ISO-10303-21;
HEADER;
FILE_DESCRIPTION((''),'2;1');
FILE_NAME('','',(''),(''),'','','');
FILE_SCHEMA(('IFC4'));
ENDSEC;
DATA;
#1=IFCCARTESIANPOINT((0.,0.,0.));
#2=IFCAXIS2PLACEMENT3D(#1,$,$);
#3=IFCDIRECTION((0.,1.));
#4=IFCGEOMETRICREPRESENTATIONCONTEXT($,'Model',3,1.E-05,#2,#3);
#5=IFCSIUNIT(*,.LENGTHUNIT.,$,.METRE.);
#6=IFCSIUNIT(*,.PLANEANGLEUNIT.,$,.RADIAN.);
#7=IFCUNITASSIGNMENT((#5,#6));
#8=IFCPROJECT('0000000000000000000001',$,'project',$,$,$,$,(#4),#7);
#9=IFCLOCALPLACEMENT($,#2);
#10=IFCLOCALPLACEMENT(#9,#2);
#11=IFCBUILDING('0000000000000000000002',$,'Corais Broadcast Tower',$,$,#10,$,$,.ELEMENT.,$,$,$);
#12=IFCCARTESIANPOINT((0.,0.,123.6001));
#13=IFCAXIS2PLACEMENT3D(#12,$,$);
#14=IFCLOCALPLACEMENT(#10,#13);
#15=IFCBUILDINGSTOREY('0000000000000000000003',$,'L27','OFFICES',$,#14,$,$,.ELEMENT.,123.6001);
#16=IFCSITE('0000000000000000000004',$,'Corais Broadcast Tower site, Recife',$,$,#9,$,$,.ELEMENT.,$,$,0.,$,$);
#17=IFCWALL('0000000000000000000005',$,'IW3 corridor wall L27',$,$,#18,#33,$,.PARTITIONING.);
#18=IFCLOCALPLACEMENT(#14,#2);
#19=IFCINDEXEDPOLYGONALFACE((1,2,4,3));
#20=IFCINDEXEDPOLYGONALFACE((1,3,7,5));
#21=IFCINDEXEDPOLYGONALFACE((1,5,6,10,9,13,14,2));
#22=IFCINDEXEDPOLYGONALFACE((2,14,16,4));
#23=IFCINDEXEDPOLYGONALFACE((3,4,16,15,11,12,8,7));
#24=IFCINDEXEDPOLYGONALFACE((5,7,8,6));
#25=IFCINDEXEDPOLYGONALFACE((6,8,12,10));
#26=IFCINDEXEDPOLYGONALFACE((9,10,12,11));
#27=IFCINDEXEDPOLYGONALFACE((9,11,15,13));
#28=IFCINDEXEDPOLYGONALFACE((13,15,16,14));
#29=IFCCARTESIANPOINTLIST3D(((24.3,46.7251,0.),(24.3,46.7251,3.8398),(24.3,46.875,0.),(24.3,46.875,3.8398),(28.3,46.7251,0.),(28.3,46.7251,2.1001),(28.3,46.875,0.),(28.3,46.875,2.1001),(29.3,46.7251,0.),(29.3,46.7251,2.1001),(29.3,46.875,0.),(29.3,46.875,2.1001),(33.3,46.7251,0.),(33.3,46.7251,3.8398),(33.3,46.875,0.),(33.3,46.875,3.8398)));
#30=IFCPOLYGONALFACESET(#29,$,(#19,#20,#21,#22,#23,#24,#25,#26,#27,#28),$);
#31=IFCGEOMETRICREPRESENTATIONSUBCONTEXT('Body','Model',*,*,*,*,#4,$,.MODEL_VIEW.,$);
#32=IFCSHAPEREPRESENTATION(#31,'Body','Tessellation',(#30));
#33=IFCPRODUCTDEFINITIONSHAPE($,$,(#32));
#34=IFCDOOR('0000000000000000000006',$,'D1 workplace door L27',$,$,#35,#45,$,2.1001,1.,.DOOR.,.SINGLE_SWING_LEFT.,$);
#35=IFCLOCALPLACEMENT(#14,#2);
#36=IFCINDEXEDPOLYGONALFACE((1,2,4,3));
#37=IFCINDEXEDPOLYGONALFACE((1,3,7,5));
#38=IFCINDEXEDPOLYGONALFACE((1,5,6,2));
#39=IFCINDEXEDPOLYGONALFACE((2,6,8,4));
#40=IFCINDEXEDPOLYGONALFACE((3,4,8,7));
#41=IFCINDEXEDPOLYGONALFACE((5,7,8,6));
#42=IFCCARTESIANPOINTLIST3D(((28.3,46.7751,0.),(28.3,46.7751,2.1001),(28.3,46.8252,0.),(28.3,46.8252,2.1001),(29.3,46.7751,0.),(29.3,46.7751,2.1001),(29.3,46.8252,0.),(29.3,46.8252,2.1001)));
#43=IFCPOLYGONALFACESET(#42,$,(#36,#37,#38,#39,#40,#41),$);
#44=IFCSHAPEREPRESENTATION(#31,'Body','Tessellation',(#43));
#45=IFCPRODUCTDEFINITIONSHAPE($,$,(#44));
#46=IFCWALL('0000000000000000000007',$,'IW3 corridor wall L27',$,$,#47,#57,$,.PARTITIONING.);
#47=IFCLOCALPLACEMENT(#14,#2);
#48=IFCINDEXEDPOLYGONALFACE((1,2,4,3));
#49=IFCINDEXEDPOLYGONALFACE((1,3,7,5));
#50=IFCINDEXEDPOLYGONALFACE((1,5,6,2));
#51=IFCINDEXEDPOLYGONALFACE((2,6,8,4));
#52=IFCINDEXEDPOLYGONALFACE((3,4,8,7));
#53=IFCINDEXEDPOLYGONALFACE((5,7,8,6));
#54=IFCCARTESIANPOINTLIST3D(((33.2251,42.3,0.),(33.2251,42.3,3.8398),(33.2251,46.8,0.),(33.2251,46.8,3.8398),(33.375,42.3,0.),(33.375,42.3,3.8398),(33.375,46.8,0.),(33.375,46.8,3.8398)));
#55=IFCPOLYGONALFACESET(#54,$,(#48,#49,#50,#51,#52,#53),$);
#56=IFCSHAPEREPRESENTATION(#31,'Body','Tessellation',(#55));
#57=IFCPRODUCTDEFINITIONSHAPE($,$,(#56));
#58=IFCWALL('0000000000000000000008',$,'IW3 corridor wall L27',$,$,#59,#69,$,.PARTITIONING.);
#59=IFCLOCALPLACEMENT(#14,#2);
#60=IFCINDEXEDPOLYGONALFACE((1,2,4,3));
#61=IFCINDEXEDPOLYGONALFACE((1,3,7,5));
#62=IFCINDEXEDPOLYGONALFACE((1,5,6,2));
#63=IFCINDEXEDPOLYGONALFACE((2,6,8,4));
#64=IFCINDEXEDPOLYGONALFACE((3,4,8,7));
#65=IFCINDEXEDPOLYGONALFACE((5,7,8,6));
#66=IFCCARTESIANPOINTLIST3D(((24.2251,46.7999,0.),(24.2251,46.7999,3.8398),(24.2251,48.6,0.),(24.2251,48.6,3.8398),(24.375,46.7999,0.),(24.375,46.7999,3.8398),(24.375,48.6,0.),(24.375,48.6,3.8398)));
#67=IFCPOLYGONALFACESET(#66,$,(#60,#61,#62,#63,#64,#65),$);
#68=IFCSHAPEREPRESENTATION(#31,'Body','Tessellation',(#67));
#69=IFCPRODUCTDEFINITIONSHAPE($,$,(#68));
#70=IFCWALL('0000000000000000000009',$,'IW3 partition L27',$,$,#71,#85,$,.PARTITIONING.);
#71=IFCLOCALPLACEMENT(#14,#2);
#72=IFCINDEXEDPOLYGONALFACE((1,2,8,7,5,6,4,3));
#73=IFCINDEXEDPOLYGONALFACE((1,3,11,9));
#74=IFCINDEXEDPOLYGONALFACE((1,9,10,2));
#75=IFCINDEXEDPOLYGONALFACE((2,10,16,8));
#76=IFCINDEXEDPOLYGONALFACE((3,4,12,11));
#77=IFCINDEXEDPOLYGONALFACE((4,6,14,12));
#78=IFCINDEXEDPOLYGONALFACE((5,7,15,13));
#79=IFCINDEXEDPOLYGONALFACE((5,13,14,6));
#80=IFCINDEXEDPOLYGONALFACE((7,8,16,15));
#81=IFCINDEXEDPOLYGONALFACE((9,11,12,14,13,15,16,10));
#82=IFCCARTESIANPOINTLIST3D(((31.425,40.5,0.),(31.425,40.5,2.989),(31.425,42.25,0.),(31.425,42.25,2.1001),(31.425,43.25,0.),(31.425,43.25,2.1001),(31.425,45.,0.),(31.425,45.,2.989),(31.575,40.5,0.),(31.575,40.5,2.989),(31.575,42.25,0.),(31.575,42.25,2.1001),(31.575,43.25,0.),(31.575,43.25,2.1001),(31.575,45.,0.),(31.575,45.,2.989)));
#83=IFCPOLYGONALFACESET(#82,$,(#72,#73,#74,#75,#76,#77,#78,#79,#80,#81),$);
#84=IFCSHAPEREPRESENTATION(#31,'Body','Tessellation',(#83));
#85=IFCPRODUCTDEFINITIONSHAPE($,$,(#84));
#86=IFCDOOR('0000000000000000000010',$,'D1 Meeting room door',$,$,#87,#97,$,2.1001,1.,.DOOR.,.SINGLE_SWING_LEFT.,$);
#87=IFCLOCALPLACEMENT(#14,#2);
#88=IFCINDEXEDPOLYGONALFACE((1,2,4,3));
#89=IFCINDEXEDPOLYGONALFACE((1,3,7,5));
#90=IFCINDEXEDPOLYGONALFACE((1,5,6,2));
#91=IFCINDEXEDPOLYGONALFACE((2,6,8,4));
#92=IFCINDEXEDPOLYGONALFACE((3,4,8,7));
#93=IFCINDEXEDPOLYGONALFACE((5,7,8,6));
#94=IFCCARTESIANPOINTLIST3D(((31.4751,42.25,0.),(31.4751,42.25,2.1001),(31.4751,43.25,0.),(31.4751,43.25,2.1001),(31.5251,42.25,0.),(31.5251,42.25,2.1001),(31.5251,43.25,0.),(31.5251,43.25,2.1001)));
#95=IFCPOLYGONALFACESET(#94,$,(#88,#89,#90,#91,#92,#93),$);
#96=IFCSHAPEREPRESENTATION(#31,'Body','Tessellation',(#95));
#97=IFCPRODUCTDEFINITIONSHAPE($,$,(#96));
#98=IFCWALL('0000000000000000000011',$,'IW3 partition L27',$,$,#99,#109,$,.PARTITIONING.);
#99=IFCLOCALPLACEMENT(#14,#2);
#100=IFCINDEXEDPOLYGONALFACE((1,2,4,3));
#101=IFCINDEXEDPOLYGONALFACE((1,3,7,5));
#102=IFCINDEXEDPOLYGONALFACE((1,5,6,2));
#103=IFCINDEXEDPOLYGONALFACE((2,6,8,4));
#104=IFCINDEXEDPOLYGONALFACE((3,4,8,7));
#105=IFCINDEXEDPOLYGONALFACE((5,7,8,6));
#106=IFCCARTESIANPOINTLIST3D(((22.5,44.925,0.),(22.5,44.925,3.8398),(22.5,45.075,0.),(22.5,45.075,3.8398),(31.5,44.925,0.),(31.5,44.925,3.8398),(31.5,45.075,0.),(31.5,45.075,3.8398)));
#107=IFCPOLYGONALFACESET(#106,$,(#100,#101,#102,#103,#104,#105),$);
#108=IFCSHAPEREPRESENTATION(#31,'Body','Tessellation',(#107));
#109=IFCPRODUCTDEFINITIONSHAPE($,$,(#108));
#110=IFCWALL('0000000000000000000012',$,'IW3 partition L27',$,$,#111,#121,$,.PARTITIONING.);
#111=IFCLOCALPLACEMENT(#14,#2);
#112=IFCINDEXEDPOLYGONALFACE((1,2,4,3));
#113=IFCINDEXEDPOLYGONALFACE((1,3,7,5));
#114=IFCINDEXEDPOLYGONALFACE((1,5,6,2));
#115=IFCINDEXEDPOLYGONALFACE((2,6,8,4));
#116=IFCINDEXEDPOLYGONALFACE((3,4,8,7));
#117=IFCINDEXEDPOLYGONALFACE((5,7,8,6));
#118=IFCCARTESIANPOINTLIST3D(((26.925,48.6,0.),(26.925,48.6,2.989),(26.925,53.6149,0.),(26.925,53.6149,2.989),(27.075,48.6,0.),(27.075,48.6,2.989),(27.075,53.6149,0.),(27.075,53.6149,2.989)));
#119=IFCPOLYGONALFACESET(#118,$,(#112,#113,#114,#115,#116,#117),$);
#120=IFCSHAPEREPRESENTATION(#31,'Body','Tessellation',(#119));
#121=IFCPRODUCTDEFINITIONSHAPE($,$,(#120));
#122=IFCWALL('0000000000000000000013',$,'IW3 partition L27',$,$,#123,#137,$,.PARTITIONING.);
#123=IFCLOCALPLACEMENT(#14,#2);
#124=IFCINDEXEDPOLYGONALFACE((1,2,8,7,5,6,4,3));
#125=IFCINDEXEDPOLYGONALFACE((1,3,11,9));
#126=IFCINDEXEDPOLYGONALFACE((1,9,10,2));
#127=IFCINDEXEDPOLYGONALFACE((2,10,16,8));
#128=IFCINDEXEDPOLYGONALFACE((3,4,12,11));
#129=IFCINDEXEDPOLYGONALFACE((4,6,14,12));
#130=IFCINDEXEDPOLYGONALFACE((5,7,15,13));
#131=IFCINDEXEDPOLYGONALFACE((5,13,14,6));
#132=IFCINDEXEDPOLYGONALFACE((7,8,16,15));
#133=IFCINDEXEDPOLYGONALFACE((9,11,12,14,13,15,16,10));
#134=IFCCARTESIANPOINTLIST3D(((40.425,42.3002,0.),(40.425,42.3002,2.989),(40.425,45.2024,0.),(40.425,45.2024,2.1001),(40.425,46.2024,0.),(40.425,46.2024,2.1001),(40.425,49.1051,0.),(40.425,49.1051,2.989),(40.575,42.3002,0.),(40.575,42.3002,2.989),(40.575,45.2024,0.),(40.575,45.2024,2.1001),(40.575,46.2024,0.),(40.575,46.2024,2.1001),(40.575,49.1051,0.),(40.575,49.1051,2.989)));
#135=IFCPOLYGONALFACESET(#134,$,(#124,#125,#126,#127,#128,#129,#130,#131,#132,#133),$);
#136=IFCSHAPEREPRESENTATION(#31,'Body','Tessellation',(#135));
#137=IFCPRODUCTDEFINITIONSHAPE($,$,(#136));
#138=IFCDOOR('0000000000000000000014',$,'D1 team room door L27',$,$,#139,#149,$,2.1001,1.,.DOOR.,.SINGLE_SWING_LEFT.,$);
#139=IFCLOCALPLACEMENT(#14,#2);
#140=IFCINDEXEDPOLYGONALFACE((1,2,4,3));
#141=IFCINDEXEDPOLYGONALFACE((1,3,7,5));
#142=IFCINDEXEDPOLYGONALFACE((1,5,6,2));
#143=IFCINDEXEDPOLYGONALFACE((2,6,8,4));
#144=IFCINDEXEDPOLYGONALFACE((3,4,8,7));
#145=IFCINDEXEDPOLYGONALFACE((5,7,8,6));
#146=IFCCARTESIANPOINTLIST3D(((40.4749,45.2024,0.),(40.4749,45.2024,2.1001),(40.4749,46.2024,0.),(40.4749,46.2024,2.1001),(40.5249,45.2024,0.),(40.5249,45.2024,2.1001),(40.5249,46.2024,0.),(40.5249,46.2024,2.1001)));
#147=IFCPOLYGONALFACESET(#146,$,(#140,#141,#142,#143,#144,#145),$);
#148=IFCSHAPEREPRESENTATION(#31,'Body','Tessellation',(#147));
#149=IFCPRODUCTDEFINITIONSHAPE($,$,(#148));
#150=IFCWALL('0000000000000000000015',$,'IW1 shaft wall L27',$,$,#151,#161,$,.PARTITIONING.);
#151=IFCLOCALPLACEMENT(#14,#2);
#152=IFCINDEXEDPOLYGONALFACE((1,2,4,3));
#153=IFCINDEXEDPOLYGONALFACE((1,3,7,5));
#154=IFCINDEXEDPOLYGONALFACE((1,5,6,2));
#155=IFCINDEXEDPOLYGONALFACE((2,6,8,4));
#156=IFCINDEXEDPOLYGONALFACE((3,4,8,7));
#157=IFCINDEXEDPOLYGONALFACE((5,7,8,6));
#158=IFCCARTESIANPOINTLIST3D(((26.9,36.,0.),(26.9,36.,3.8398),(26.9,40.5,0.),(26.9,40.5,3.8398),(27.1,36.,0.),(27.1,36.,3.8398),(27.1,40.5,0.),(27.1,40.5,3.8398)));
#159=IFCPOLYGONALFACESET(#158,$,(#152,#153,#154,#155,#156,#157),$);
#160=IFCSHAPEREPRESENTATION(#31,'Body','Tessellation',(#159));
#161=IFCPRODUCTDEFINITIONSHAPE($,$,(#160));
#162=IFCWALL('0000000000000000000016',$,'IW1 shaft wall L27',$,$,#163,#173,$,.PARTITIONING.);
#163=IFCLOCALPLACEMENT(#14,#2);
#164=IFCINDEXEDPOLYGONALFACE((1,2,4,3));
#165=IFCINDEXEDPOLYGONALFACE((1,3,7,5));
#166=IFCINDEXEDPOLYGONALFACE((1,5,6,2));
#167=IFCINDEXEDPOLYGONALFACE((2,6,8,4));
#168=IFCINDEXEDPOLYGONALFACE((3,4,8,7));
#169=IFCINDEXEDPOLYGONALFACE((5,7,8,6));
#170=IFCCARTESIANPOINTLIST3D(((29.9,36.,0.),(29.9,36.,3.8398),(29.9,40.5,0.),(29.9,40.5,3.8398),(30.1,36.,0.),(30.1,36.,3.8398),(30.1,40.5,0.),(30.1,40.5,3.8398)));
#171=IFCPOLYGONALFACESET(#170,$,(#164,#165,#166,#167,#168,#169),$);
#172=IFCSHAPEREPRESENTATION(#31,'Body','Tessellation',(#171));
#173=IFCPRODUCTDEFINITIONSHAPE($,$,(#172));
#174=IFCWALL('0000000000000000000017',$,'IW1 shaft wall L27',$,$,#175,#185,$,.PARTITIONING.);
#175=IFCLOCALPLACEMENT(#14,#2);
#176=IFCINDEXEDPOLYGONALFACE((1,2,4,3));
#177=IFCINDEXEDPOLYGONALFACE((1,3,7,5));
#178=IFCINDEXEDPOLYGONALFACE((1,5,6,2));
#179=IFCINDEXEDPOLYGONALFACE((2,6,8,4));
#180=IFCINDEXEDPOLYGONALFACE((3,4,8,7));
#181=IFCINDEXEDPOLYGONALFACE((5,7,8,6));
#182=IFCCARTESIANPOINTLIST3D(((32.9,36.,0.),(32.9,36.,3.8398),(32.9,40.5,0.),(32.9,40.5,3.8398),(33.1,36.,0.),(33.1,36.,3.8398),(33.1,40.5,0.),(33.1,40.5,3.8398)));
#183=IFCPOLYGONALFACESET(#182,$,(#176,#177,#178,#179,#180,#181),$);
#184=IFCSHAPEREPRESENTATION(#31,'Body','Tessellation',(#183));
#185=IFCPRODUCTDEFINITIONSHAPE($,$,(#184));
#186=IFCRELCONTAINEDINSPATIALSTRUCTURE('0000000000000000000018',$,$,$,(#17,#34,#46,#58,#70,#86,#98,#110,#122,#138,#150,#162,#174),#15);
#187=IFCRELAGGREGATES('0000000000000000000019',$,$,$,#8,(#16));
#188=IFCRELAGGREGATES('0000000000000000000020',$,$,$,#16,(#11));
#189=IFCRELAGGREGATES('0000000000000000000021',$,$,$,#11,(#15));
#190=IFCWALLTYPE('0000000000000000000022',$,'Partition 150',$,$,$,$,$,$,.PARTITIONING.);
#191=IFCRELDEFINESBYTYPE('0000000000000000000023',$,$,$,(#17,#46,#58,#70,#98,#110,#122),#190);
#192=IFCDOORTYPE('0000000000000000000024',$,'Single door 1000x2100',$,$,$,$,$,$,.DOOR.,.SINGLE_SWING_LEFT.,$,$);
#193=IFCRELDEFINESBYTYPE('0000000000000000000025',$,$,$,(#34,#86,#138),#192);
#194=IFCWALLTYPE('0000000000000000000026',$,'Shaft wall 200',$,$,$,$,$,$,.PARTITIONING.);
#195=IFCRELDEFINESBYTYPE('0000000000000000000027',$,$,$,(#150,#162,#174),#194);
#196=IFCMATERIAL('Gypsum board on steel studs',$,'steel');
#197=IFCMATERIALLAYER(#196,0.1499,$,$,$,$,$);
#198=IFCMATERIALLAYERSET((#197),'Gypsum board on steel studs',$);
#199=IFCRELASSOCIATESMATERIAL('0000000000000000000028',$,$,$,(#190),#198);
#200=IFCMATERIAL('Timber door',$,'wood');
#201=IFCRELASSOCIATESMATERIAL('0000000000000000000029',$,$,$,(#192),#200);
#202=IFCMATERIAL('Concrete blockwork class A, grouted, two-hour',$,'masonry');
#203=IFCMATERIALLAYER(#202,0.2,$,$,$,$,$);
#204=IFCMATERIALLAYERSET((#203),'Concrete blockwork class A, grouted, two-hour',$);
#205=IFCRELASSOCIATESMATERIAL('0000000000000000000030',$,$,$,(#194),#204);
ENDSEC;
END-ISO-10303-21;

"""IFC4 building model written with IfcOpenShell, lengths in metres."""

from ifc_helpers import new_model, si_unit, direction, frame, frame_2d, origin, place, context, subcontext, project, spatial, rectangle, extrude, material, layer, layer_set, type_object, element, fill, save


model = new_model("IFC4")

# Units and contexts
model_context = context("Model", 3, precision=1e-05, world=origin(), true_north=direction((0.0, 1.0)))
body_context = subcontext(model_context, "Body", "Model", "MODEL_VIEW")
ifc_project = project(units=[si_unit("LENGTHUNIT", "METRE"), si_unit("PLANEANGLEUNIT", "RADIAN")], contexts=[model_context])

# Site, building, storey
site_placement = place(None, origin())
site = spatial("IfcSite", under=ifc_project, at=site_placement, Name="Corais Broadcast Tower site, Recife", CompositionType="ELEMENT", RefElevation=0.0)
building_placement = place(site_placement, origin())
building = spatial("IfcBuilding", under=site, at=building_placement, Name="Corais Broadcast Tower", CompositionType="ELEMENT")
storey_placement = place(building_placement, frame((0.0, 0.0, 123.6001)))
storey = spatial("IfcBuildingStorey", under=building, at=storey_placement, Name="L27", Description="OFFICES", CompositionType="ELEMENT", Elevation=123.6001)

# Wall, opening, door
ifc_material_1 = material(Name="Gypsum board on steel studs", Category="steel")
ifc_layer_1 = layer(ifc_material_1, 0.1499)
ifc_layer_set_1 = layer_set([ifc_layer_1], Name="Gypsum board on steel studs")
wall_type_1 = type_object("IfcWallType", Name="Partition 150", PredefinedType="PARTITIONING", material=ifc_layer_set_1)
wall_1_placement = place(storey_placement, frame((33.3, 46.8, 0.0), z_axis=(0.0, 0.0, 1.0), x_axis=(-1.0, 0.0, 0.0)))
wall_1 = element("IfcWall", 1, at=wall_1_placement, inside=storey, type_object=wall_type_1, Name="IW3 corridor wall L27", PredefinedType="PARTITIONING", context=body_context, shape_type="SweptSolid", body=[
    extrude(rectangle(XDim=9.0, YDim=0.1499, at=frame_2d((4.5, 0.0))), origin(), (0.0, 0.0, 1.0), 3.8398),
])
opening_1_placement = place(wall_1_placement, frame((4.0, 0.0, 0.0)))
opening_1 = element("IfcOpeningElement", 2, at=opening_1_placement, cuts=wall_1, PredefinedType="OPENING", context=body_context, shape_type="SweptSolid", body=[
    extrude(rectangle(XDim=1.0, YDim=2.1001, at=frame_2d((0.5, 1.05))), frame((0.0, 0.085, 0.0), z_axis=(0.0, -1.0, 0.0), x_axis=(1.0, 0.0, 0.0)), (0.0, 0.0, 1.0), 0.1699),
])
ifc_material_2 = material(Name="Timber door", Category="wood")
door_type = type_object("IfcDoorType", Name="Single door 1000x2100", OperationType="SINGLE_SWING_LEFT", PredefinedType="DOOR", material=ifc_material_2)
door_1_placement = place(opening_1_placement, origin())
door_1 = element("IfcDoor", 3, at=door_1_placement, inside=storey, type_object=door_type, Name="D1 workplace door L27", OperationType="SINGLE_SWING_LEFT", OverallHeight=2.1001, OverallWidth=1.0, PredefinedType="DOOR", context=body_context, shape_type="SweptSolid", body=[
    extrude(rectangle(XDim=1.0, YDim=2.1001, at=frame_2d((0.5, 1.05))), frame((0.0, 0.0249, 0.0), z_axis=(0.0, -1.0, 0.0), x_axis=(1.0, 0.0, 0.0)), (0.0, 0.0, 1.0), 0.05),
])
fill(opening_1, door_1)

# Walls
wall_2_placement = place(storey_placement, frame((33.3, 42.3, 0.0), z_axis=(0.0, 0.0, 1.0), x_axis=(0.0, 1.0, 0.0)))
element("IfcWall", 4, at=wall_2_placement, inside=storey, type_object=wall_type_1, Name="IW3 corridor wall L27", PredefinedType="PARTITIONING", context=body_context, shape_type="SweptSolid", body=[
    extrude(rectangle(XDim=4.5, YDim=0.1499, at=frame_2d((2.25, 0.0))), origin(), (0.0, 0.0, 1.0), 3.8398),
])
wall_3_placement = place(storey_placement, frame((24.3, 46.8, 0.0), z_axis=(0.0, 0.0, 1.0), x_axis=(0.0, 1.0, 0.0)))
element("IfcWall", 5, at=wall_3_placement, inside=storey, type_object=wall_type_1, Name="IW3 corridor wall L27", PredefinedType="PARTITIONING", context=body_context, shape_type="SweptSolid", body=[
    extrude(rectangle(XDim=1.8, YDim=0.1499, at=frame_2d((0.8999, 0.0))), origin(), (0.0, 0.0, 1.0), 3.8398),
])

# Wall, opening, door
wall_4_placement = place(storey_placement, frame((31.5, 40.5, 0.0), z_axis=(0.0, 0.0, 1.0), x_axis=(0.0, 1.0, 0.0)))
wall_4 = element("IfcWall", 6, at=wall_4_placement, inside=storey, type_object=wall_type_1, Name="IW3 partition L27", PredefinedType="PARTITIONING", context=body_context, shape_type="SweptSolid", body=[
    extrude(rectangle(XDim=4.5, YDim=0.1499, at=frame_2d((2.25, 0.0))), origin(), (0.0, 0.0, 1.0), 2.989),
])
opening_2_placement = place(wall_4_placement, frame((1.75, 0.0, 0.0)))
opening_2 = element("IfcOpeningElement", 7, at=opening_2_placement, cuts=wall_4, PredefinedType="OPENING", context=body_context, shape_type="SweptSolid", body=[
    extrude(rectangle(XDim=1.0, YDim=2.1001, at=frame_2d((0.5, 1.05))), frame((0.0, 0.085, 0.0), z_axis=(0.0, -1.0, 0.0), x_axis=(1.0, 0.0, 0.0)), (0.0, 0.0, 1.0), 0.1699),
])
door_2_placement = place(opening_2_placement, origin())
door_2 = element("IfcDoor", 8, at=door_2_placement, inside=storey, type_object=door_type, Name="D1 Meeting room door", OperationType="SINGLE_SWING_LEFT", OverallHeight=2.1001, OverallWidth=1.0, PredefinedType="DOOR", context=body_context, shape_type="SweptSolid", body=[
    extrude(rectangle(XDim=1.0, YDim=2.1001, at=frame_2d((0.5, 1.05))), frame((0.0, 0.0249, 0.0), z_axis=(0.0, -1.0, 0.0), x_axis=(1.0, 0.0, 0.0)), (0.0, 0.0, 1.0), 0.05),
])
fill(opening_2, door_2)

# Walls
wall_5_placement = place(storey_placement, frame((31.5, 45.0, 0.0), z_axis=(0.0, 0.0, 1.0), x_axis=(-1.0, 0.0, 0.0)))
element("IfcWall", 9, at=wall_5_placement, inside=storey, type_object=wall_type_1, Name="IW3 partition L27", PredefinedType="PARTITIONING", context=body_context, shape_type="SweptSolid", body=[
    extrude(rectangle(XDim=9.0, YDim=0.1499, at=frame_2d((4.5, 0.0))), origin(), (0.0, 0.0, 1.0), 3.8398),
])
wall_6_placement = place(storey_placement, frame((27.0, 48.6001, 0.0), z_axis=(0.0, 0.0, 1.0), x_axis=(0.0, 1.0, 0.0)))
element("IfcWall", 10, at=wall_6_placement, inside=storey, type_object=wall_type_1, Name="IW3 partition L27", PredefinedType="PARTITIONING", context=body_context, shape_type="SweptSolid", body=[
    extrude(rectangle(XDim=5.0149, YDim=0.1499, at=frame_2d((2.5073, 0.0))), origin(), (0.0, 0.0, 1.0), 2.989),
])

# Wall, opening, door
wall_7_placement = place(storey_placement, frame((40.5, 49.105, 0.0), z_axis=(0.0, 0.0, 1.0), x_axis=(0.0, -1.0, 0.0)))
wall_7 = element("IfcWall", 11, at=wall_7_placement, inside=storey, type_object=wall_type_1, Name="IW3 partition L27", PredefinedType="PARTITIONING", context=body_context, shape_type="SweptSolid", body=[
    extrude(rectangle(XDim=6.8049, YDim=0.1499, at=frame_2d((3.4023, 0.0))), origin(), (0.0, 0.0, 1.0), 2.989),
])
opening_3_placement = place(wall_7_placement, frame((2.9026, 0.0, 0.0)))
opening_3 = element("IfcOpeningElement", 12, at=opening_3_placement, cuts=wall_7, PredefinedType="OPENING", context=body_context, shape_type="SweptSolid", body=[
    extrude(rectangle(XDim=1.0, YDim=2.1001, at=frame_2d((0.5, 1.05))), frame((0.0, 0.085, 0.0), z_axis=(0.0, -1.0, 0.0), x_axis=(1.0, 0.0, 0.0)), (0.0, 0.0, 1.0), 0.1699),
])
door_3_placement = place(opening_3_placement, origin())
door_3 = element("IfcDoor", 13, at=door_3_placement, inside=storey, type_object=door_type, Name="D1 team room door L27", OperationType="SINGLE_SWING_LEFT", OverallHeight=2.1001, OverallWidth=1.0, PredefinedType="DOOR", context=body_context, shape_type="SweptSolid", body=[
    extrude(rectangle(XDim=1.0, YDim=2.1001, at=frame_2d((0.5, 1.05))), frame((0.0, 0.0249, 0.0), z_axis=(0.0, -1.0, 0.0), x_axis=(1.0, 0.0, 0.0)), (0.0, 0.0, 1.0), 0.05),
])
fill(opening_3, door_3)

# Walls
ifc_material_3 = material(Name="Concrete blockwork class A, grouted, two-hour", Category="masonry")
ifc_layer_2 = layer(ifc_material_3, 0.2)
ifc_layer_set_2 = layer_set([ifc_layer_2], Name="Concrete blockwork class A, grouted, two-hour")
wall_type_2 = type_object("IfcWallType", Name="Shaft wall 200", PredefinedType="PARTITIONING", material=ifc_layer_set_2)
for number, where, z_axis, x_axis, name in (
    (14, (27.0, 36.0, 0.0), (0.0, 0.0, 1.0), (0.0, 1.0, 0.0), "IW1 shaft wall L27"),
    (15, (30.0, 36.0, 0.0), (0.0, 0.0, 1.0), (0.0, 1.0, 0.0), "IW1 shaft wall L27"),
    (16, (33.0, 36.0, 0.0), (0.0, 0.0, 1.0), (0.0, 1.0, 0.0), "IW1 shaft wall L27"),
):
    element("IfcWall", number, at=place(storey_placement, frame(where, z_axis=z_axis, x_axis=x_axis)), inside=storey, type_object=wall_type_2, Name=name, PredefinedType="PARTITIONING", context=body_context, shape_type="SweptSolid", body=[
        extrude(rectangle(XDim=4.5, YDim=0.2, at=frame_2d((2.25, 0.0))), origin(), (0.0, 0.0, 1.0), 3.8398),
    ])

save(model, "model.ifc")
